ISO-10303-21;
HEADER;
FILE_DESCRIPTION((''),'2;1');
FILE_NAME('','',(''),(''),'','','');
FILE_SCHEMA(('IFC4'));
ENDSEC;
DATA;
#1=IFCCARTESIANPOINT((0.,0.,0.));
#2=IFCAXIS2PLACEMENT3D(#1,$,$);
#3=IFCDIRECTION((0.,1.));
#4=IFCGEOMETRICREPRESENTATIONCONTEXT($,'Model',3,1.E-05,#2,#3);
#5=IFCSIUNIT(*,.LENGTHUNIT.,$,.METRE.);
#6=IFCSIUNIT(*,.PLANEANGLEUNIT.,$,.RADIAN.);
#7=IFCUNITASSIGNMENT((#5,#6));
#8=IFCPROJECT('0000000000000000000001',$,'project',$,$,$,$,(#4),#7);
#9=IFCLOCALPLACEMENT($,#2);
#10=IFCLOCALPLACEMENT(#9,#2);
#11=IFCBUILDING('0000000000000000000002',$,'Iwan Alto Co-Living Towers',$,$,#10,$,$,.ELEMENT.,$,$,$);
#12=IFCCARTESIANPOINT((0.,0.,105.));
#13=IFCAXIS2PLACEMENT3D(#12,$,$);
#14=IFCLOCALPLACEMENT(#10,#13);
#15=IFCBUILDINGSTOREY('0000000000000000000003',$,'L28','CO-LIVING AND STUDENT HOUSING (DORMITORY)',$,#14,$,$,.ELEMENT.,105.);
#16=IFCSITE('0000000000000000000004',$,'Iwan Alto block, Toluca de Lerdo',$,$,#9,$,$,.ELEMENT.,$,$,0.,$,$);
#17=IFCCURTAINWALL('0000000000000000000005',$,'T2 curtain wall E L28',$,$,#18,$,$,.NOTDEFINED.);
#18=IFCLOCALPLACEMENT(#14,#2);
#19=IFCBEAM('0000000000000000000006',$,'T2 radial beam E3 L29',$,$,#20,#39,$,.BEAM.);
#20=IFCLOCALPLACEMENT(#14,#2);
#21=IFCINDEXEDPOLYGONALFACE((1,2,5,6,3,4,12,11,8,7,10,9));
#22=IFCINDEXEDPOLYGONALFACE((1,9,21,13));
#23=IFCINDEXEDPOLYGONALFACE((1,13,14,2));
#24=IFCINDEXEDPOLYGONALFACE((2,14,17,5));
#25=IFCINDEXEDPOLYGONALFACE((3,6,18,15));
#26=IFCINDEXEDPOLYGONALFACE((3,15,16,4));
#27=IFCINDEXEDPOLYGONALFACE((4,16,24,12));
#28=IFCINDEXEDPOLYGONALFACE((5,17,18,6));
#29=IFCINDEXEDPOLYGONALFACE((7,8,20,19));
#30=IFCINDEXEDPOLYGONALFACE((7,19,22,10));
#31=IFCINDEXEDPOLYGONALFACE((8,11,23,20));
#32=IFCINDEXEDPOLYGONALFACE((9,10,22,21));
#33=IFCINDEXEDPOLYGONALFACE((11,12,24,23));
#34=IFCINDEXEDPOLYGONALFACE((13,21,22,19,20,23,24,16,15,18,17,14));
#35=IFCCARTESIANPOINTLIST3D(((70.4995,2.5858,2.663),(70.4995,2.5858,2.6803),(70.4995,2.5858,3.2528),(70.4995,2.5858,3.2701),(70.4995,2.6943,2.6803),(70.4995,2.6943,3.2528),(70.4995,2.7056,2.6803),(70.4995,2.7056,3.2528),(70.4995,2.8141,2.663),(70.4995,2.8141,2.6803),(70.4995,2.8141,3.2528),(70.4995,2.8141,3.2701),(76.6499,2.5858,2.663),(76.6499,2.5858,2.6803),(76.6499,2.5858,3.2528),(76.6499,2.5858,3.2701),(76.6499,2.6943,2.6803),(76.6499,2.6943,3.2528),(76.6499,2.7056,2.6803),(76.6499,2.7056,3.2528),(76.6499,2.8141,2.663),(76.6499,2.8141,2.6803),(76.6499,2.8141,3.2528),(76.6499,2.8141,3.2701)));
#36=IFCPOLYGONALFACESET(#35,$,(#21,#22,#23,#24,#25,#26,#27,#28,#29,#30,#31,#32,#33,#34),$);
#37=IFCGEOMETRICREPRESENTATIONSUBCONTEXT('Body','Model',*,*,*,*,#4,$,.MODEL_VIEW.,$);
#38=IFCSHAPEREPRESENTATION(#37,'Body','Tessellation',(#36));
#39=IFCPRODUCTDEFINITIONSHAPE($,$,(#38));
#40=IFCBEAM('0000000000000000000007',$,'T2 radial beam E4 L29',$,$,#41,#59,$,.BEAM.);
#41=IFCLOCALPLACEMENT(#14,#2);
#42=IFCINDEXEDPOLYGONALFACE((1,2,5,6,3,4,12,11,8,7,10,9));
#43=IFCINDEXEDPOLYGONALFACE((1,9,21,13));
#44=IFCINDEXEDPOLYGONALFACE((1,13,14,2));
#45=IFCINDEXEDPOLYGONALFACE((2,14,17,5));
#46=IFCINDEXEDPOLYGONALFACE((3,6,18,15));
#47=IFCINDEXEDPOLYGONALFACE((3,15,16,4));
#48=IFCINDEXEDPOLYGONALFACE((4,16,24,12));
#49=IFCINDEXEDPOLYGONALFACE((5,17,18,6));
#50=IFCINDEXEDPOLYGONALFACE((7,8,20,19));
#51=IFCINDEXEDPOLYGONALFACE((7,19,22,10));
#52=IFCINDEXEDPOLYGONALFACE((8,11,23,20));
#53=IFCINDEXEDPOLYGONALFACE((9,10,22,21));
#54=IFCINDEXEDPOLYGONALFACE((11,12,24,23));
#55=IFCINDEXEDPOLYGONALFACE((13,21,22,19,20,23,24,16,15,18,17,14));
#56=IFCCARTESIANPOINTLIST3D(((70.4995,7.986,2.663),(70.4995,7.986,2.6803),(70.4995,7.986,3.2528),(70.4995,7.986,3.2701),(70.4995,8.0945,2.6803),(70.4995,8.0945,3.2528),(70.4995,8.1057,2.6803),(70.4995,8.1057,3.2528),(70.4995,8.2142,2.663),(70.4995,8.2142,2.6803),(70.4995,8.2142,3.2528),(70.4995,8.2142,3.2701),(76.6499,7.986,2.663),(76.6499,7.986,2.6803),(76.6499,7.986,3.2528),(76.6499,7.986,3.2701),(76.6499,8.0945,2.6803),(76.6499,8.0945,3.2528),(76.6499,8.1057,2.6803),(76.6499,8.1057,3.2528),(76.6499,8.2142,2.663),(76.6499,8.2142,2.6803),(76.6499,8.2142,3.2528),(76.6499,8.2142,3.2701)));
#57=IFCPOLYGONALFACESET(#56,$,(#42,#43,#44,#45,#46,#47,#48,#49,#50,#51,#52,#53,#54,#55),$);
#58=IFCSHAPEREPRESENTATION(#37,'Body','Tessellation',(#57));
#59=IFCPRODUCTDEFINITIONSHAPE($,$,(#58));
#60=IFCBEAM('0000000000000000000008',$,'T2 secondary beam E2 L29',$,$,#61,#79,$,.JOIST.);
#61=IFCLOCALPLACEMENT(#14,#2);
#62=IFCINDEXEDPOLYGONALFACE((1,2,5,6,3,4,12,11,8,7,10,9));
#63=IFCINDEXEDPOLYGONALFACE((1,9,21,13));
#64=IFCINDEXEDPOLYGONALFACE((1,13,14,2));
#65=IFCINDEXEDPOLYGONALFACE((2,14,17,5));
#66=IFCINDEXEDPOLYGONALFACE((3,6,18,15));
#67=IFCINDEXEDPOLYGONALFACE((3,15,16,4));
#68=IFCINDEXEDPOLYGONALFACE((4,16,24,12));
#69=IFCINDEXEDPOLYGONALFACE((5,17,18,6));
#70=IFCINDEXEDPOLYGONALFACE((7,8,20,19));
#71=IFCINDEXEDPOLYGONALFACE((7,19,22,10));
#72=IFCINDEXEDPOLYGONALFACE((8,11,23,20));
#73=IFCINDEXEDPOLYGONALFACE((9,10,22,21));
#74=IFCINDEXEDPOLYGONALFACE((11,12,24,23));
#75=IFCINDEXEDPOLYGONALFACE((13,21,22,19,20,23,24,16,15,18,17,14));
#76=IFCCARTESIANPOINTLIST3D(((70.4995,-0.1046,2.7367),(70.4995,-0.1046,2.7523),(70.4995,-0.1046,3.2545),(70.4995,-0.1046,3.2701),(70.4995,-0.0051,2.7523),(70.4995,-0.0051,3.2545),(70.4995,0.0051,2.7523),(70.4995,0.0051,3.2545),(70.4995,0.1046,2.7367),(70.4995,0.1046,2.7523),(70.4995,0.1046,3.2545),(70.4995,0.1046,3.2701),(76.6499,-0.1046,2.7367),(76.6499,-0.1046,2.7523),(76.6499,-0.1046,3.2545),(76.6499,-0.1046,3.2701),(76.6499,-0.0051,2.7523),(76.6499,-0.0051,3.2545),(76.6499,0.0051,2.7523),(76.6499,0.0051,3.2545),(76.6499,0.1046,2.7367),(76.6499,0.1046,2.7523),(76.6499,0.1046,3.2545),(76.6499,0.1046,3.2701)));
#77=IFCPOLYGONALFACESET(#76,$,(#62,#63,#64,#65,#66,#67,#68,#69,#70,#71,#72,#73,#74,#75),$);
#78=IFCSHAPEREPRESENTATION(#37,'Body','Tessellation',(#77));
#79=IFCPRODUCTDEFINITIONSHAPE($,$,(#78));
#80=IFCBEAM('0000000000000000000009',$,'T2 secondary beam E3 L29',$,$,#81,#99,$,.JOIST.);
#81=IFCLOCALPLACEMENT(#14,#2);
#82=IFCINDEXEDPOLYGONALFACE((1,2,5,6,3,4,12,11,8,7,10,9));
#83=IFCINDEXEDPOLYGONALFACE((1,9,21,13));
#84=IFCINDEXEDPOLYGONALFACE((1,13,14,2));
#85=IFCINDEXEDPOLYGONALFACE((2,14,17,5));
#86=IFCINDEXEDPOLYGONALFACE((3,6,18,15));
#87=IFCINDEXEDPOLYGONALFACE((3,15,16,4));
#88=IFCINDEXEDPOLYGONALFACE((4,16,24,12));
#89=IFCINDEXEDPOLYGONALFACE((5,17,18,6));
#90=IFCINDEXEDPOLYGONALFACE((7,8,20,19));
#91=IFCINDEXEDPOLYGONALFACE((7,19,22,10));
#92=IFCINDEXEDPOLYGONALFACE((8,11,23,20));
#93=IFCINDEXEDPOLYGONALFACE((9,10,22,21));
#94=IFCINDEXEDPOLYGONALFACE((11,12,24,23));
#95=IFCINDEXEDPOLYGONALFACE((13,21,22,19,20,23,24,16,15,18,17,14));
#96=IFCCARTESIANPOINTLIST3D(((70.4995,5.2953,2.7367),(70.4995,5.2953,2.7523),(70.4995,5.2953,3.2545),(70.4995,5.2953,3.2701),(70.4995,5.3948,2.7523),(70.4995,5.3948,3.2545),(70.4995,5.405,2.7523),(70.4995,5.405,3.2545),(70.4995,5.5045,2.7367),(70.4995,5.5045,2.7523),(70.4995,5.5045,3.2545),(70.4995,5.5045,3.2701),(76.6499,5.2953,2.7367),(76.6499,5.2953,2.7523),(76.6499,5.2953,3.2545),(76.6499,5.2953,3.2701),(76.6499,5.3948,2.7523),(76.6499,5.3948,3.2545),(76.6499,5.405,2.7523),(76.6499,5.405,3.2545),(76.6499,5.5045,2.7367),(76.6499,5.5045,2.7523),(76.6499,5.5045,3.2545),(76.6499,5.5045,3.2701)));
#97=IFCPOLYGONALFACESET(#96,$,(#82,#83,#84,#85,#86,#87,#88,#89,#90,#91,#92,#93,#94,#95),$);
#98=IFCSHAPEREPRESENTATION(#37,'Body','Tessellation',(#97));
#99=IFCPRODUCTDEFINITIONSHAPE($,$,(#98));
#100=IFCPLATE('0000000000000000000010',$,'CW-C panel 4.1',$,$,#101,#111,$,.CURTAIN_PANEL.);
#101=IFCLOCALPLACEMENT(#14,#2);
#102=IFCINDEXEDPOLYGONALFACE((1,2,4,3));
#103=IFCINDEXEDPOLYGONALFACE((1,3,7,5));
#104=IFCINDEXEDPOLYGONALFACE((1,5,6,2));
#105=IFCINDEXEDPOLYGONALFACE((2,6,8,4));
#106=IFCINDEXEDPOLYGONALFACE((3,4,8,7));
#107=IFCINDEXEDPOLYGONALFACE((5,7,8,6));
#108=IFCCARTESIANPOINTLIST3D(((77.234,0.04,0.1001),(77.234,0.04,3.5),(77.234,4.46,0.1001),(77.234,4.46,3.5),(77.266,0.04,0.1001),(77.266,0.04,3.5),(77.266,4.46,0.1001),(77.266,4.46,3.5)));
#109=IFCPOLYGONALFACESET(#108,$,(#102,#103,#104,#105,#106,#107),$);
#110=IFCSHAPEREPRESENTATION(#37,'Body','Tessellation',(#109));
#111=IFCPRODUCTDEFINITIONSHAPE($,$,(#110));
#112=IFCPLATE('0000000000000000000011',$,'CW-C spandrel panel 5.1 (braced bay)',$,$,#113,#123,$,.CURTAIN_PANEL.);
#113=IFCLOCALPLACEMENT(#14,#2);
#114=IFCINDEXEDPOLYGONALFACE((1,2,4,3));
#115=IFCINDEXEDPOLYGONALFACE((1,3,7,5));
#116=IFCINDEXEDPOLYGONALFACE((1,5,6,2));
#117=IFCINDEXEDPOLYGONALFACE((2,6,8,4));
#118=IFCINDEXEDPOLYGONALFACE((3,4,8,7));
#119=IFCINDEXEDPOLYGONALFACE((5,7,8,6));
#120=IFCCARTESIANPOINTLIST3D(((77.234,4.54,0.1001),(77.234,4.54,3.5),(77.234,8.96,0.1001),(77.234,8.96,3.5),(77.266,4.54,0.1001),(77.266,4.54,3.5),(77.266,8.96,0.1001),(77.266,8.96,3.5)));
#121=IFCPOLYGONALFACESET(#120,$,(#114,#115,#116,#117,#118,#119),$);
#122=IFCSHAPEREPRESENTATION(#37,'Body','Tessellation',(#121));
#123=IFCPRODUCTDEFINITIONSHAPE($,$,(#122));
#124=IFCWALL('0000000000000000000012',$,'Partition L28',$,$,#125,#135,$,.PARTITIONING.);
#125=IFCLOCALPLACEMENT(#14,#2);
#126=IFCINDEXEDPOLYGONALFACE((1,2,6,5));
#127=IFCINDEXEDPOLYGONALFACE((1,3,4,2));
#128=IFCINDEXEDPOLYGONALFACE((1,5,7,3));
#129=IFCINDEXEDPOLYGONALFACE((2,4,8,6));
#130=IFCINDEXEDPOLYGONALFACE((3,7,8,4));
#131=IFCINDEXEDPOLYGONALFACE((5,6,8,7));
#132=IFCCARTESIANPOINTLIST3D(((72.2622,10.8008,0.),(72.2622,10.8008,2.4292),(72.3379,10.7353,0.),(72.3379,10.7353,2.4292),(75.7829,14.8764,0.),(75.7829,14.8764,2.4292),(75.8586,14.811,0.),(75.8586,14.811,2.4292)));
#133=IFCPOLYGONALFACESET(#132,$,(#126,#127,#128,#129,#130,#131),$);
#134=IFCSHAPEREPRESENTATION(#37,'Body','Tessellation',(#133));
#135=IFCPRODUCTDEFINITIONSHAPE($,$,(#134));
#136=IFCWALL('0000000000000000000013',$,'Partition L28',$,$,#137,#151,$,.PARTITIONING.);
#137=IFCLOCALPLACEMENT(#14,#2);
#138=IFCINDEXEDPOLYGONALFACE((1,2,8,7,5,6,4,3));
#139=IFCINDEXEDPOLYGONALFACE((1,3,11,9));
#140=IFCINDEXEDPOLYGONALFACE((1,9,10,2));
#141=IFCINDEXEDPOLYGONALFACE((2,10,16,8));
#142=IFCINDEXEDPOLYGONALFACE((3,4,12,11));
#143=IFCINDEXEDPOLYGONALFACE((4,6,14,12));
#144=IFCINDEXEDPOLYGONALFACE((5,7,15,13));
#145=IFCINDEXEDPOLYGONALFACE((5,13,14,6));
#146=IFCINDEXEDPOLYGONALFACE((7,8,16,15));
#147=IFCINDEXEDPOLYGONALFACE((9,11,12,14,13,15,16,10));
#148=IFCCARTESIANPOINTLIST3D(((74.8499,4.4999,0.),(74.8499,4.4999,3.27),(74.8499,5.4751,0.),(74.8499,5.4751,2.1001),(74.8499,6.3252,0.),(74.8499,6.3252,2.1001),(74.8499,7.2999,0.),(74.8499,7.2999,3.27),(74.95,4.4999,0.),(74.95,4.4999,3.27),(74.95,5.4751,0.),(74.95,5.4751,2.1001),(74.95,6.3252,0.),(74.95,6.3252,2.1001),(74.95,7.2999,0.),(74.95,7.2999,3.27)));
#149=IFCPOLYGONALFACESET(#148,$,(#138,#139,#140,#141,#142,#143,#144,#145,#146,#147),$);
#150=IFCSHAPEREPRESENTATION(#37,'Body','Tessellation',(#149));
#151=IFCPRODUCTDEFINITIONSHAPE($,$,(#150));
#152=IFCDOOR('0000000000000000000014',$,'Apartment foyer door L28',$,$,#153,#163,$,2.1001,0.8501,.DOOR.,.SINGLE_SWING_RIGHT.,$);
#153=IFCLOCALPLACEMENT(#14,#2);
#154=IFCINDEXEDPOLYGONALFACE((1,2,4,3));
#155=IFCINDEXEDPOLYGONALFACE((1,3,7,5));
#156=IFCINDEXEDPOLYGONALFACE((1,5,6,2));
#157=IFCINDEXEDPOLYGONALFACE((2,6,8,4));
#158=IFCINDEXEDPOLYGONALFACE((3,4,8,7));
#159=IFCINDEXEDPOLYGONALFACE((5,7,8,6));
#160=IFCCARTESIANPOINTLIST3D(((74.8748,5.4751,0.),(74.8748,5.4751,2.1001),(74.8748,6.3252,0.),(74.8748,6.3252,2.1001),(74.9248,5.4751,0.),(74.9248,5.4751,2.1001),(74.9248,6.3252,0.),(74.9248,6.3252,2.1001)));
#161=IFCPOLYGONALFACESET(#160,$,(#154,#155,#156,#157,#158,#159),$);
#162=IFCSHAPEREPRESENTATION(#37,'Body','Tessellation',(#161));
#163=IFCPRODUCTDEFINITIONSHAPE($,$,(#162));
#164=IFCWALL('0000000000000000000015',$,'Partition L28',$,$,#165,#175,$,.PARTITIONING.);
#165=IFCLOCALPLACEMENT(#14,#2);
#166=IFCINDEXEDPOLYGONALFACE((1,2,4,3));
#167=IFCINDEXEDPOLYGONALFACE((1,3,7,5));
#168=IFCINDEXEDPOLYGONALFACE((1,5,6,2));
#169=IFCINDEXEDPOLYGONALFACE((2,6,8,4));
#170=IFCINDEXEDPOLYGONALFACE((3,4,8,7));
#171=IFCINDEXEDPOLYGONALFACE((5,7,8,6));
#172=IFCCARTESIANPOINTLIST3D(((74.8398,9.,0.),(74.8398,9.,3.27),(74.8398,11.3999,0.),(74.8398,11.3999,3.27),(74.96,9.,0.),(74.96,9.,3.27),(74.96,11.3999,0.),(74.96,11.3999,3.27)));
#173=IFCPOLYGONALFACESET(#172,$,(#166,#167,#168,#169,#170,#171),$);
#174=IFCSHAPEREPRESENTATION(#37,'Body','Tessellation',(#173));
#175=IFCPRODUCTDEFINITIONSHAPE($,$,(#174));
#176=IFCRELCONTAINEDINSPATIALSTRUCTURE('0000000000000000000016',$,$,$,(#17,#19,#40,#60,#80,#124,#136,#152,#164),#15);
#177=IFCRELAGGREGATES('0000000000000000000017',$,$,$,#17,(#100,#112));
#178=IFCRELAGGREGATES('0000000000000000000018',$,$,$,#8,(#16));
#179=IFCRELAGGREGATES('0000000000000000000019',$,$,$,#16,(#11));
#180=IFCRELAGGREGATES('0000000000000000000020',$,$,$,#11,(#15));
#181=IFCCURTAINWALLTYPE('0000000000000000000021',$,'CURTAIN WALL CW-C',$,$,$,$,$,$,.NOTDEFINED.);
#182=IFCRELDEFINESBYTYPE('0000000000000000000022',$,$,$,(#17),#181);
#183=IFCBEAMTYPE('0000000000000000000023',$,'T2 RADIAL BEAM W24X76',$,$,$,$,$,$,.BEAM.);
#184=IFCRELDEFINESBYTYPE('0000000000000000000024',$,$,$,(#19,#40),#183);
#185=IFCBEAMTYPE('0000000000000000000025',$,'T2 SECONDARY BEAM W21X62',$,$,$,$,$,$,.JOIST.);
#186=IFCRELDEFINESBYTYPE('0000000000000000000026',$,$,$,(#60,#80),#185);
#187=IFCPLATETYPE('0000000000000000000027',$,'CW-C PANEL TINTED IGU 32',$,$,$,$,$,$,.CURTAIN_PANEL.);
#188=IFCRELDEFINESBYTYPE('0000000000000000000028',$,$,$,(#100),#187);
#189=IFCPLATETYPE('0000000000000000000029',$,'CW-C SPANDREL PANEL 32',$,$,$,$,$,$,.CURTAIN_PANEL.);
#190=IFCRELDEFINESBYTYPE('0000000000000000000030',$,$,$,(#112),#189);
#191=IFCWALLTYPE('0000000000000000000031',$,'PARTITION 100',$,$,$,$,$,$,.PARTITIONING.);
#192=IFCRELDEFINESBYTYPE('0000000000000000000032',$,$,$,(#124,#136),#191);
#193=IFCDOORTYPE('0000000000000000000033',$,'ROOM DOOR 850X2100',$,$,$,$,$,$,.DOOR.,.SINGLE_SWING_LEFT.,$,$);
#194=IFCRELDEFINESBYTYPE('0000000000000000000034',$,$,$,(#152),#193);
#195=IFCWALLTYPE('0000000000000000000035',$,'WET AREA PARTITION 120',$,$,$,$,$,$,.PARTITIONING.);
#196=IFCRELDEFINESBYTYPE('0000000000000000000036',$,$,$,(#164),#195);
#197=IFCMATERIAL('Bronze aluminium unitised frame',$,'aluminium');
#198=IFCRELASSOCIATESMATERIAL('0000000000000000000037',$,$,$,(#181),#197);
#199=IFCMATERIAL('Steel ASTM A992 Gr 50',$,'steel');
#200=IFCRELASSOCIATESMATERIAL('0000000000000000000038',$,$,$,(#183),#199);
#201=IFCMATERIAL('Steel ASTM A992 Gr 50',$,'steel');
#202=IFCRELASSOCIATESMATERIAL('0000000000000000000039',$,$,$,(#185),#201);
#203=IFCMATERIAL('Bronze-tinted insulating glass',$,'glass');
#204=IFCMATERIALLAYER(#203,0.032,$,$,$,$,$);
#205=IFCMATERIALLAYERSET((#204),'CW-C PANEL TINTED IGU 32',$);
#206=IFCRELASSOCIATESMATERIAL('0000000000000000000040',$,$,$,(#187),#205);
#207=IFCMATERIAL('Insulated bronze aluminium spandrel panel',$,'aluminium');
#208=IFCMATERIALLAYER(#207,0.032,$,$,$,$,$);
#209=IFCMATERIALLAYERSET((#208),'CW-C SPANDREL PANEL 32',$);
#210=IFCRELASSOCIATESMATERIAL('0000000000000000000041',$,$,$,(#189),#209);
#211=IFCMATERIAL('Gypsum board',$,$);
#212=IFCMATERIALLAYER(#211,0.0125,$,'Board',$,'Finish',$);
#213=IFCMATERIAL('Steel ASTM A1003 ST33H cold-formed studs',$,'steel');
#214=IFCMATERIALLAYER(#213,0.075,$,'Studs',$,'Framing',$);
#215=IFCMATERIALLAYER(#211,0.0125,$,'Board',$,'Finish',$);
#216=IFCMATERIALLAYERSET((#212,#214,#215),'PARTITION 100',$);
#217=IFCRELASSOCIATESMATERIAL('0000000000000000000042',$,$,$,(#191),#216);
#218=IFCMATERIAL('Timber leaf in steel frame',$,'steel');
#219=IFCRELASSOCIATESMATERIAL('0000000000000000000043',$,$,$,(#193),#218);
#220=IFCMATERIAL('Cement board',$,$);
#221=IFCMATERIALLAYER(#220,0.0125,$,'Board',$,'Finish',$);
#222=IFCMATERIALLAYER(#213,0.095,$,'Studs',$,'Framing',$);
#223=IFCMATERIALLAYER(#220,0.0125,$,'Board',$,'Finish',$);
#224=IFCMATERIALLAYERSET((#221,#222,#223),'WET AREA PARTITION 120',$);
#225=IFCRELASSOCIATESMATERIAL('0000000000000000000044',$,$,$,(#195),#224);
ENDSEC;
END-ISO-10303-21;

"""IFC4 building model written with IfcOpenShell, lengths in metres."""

from ifc_helpers import new_model, si_unit, direction, frame, frame_2d, origin, origin_2d, place, context, subcontext, project, spatial, rectangle, i_section, extrude, material, layer, layer_set, material_profile, profile_set, type_object, element, fill, aggregate, save


model = new_model("IFC4")

# Units and contexts
model_context = context("Model", 3, precision=1e-05, world=origin(), true_north=direction((0.0, 1.0)))
body_context = subcontext(model_context, "Body", "Model", "MODEL_VIEW")
ifc_project = project(units=[si_unit("LENGTHUNIT", "METRE"), si_unit("PLANEANGLEUNIT", "RADIAN")], contexts=[model_context])

# Site, building, storey
site_placement = place(None, origin())
site = spatial("IfcSite", under=ifc_project, at=site_placement, Name="Iwan Alto block, Toluca de Lerdo", CompositionType="ELEMENT", RefElevation=0.0)
building_placement = place(site_placement, origin())
building = spatial("IfcBuilding", under=site, at=building_placement, Name="Iwan Alto Co-Living Towers", CompositionType="ELEMENT")
storey_placement = place(building_placement, frame((0.0, 0.0, 105.0)))
storey = spatial("IfcBuildingStorey", under=building, at=storey_placement, Name="L28", Description="CO-LIVING AND STUDENT HOUSING (DORMITORY)", CompositionType="ELEMENT", Elevation=105.0)

# Curtain wall
ifc_material_1 = material(Name="Bronze aluminium unitised frame", Category="aluminium")
curtain_wall_type = type_object("IfcCurtainWallType", Name="CURTAIN WALL CW-C", PredefinedType="NOTDEFINED", material=ifc_material_1)
curtain_wall_placement = place(storey_placement, origin())
curtain_wall = element("IfcCurtainWall", 1, at=curtain_wall_placement, inside=storey, type_object=curtain_wall_type, Name="T2 curtain wall E L28", PredefinedType="NOTDEFINED")

# Beams
ifc_material_2 = material(Name="Steel ASTM A992 Gr 50", Category="steel")
ifc_material_profile_1 = material_profile(ifc_material_2, i_section(OverallWidth=0.2283, OverallDepth=0.6072, WebThickness=0.0112, FlangeThickness=0.0173, at=origin_2d()), Name="W24X76")
ifc_profile_set_1 = profile_set([ifc_material_profile_1], Name="Steel ASTM A992 Gr 50")
beam_type_1 = type_object("IfcBeamType", Name="T2 RADIAL BEAM W24X76", PredefinedType="BEAM", material=ifc_profile_set_1)
for number, where, z_axis, x_axis, name in (
    (2, (76.6499, 2.7, 2.9666), (-1.0, 0.0, 0.0), (0.0, -1.0, 0.0), "T2 radial beam E3 L29"),
    (3, (76.6499, 8.1001, 2.9666), (-1.0, 0.0, 0.0), (0.0, -1.0, 0.0), "T2 radial beam E4 L29"),
):
    element("IfcBeam", number, at=place(storey_placement, frame(where, z_axis=z_axis, x_axis=x_axis)), inside=storey, type_object=beam_type_1, Name=name, PredefinedType="BEAM", context=body_context, shape_type="SweptSolid", body=[
        extrude(i_section(OverallWidth=0.2283, OverallDepth=0.6072, WebThickness=0.0112, FlangeThickness=0.0173, at=origin_2d()), origin(), (0.0, 0.0, 1.0), 6.1504),
    ])
ifc_material_3 = material(Name="Steel ASTM A992 Gr 50", Category="steel")
ifc_material_profile_2 = material_profile(ifc_material_3, i_section(OverallWidth=0.2092, OverallDepth=0.5334, WebThickness=0.0103, FlangeThickness=0.0156, at=origin_2d()), Name="W21X62")
ifc_profile_set_2 = profile_set([ifc_material_profile_2], Name="Steel ASTM A992 Gr 50")
beam_type_2 = type_object("IfcBeamType", Name="T2 SECONDARY BEAM W21X62", PredefinedType="JOIST", material=ifc_profile_set_2)
for number, where, z_axis, x_axis, name in (
    (4, (76.6499, 0.0, 3.0034), (-1.0, 0.0, 0.0), (0.0, -1.0, 0.0), "T2 secondary beam E2 L29"),
    (5, (76.6499, 5.3999, 3.0034), (-1.0, 0.0, 0.0), (0.0, -1.0, 0.0), "T2 secondary beam E3 L29"),
):
    element("IfcBeam", number, at=place(storey_placement, frame(where, z_axis=z_axis, x_axis=x_axis)), inside=storey, type_object=beam_type_2, Name=name, PredefinedType="JOIST", context=body_context, shape_type="SweptSolid", body=[
        extrude(i_section(OverallWidth=0.2092, OverallDepth=0.5334, WebThickness=0.0103, FlangeThickness=0.0156, at=origin_2d()), origin(), (0.0, 0.0, 1.0), 6.1504),
    ])

# Plates
ifc_material_4 = material(Name="Bronze-tinted insulating glass", Category="glass")
ifc_layer_1 = layer(ifc_material_4, 0.032)
ifc_layer_set_1 = layer_set([ifc_layer_1], Name="CW-C PANEL TINTED IGU 32")
plate_type_1 = type_object("IfcPlateType", Name="CW-C PANEL TINTED IGU 32", PredefinedType="CURTAIN_PANEL", material=ifc_layer_set_1)
plate_1_placement = place(storey_placement, frame((77.25, 2.25, 0.1001), z_axis=(0.0, 0.0, 1.0), x_axis=(0.0, 1.0, 0.0)))
plate_1 = element("IfcPlate", 6, at=plate_1_placement, type_object=plate_type_1, Name="CW-C panel 4.1", PredefinedType="CURTAIN_PANEL", context=body_context, shape_type="SweptSolid", body=[
    extrude(rectangle(XDim=4.4199, YDim=0.032, at=origin_2d()), origin(), (0.0, 0.0, 1.0), 3.3999),
])
ifc_material_5 = material(Name="Insulated bronze aluminium spandrel panel", Category="aluminium")
ifc_layer_2 = layer(ifc_material_5, 0.032)
ifc_layer_set_2 = layer_set([ifc_layer_2], Name="CW-C SPANDREL PANEL 32")
plate_type_2 = type_object("IfcPlateType", Name="CW-C SPANDREL PANEL 32", PredefinedType="CURTAIN_PANEL", material=ifc_layer_set_2)
plate_2_placement = place(storey_placement, frame((77.25, 6.75, 0.1001), z_axis=(0.0, 0.0, 1.0), x_axis=(0.0, 1.0, 0.0)))
plate_2 = element("IfcPlate", 7, at=plate_2_placement, type_object=plate_type_2, Name="CW-C spandrel panel 5.1 (braced bay)", PredefinedType="CURTAIN_PANEL", context=body_context, shape_type="SweptSolid", body=[
    extrude(rectangle(XDim=4.4199, YDim=0.032, at=origin_2d()), origin(), (0.0, 0.0, 1.0), 3.3999),
])
aggregate(curtain_wall, [plate_1, plate_2])

# Wall
ifc_material_6 = material(Name="Gypsum board")
ifc_layer_3 = layer(ifc_material_6, 0.0125, Name="Board", Category="Finish")
ifc_material_7 = material(Name="Steel ASTM A1003 ST33H cold-formed studs", Category="steel")
ifc_layer_4 = layer(ifc_material_7, 0.075, Name="Studs", Category="Framing")
ifc_layer_5 = layer(ifc_material_6, 0.0125, Name="Board", Category="Finish")
ifc_layer_set_3 = layer_set([ifc_layer_3, ifc_layer_4, ifc_layer_5], Name="PARTITION 100")
wall_type_1 = type_object("IfcWallType", Name="PARTITION 100", PredefinedType="PARTITIONING", material=ifc_layer_set_3)
wall_1_placement = place(storey_placement, frame((72.3, 10.7681, 0.0), z_axis=(0.0, 0.0, 1.0), x_axis=(0.65371, 0.756746, 0.0)))
element("IfcWall", 8, at=wall_1_placement, inside=storey, type_object=wall_type_1, Name="Partition L28", PredefinedType="PARTITIONING", context=body_context, shape_type="SweptSolid", body=[
    extrude(rectangle(XDim=5.3857, YDim=0.1001, at=frame_2d((2.6929, 0.0))), origin(), (0.0, 0.0, 1.0), 2.4292),
])

# Wall, opening, door
wall_2_placement = place(storey_placement, frame((74.8999, 4.5, 0.0), z_axis=(0.0, 0.0, 1.0), x_axis=(0.0, 1.0, 0.0)))
wall_2 = element("IfcWall", 9, at=wall_2_placement, inside=storey, type_object=wall_type_1, Name="Partition L28", PredefinedType="PARTITIONING", context=body_context, shape_type="SweptSolid", body=[
    extrude(rectangle(XDim=2.8, YDim=0.1001, at=frame_2d((1.3999, 0.0))), origin(), (0.0, 0.0, 1.0), 3.27),
])
opening_placement = place(wall_2_placement, frame((0.9751, 0.0, 0.0)))
opening = element("IfcOpeningElement", 10, at=opening_placement, cuts=wall_2, PredefinedType="OPENING", context=body_context, shape_type="SweptSolid", body=[
    extrude(rectangle(XDim=0.8501, YDim=2.1001, at=frame_2d((0.425, 1.05))), frame((0.0, 0.0601, 0.0), z_axis=(0.0, -1.0, 0.0), x_axis=(1.0, 0.0, 0.0)), (0.0, 0.0, 1.0), 0.1201),
])
ifc_material_8 = material(Name="Timber leaf in steel frame", Category="steel")
door_type = type_object("IfcDoorType", Name="ROOM DOOR 850X2100", OperationType="SINGLE_SWING_LEFT", PredefinedType="DOOR", material=ifc_material_8)
door_placement = place(opening_placement, frame((0.8501, 0.0, 0.0), z_axis=(0.0, 0.0, 1.0), x_axis=(-1.0, 0.0, 0.0)))
door = element("IfcDoor", 11, at=door_placement, inside=storey, type_object=door_type, Name="Apartment foyer door L28", OperationType="SINGLE_SWING_RIGHT", OverallHeight=2.1001, OverallWidth=0.8501, PredefinedType="DOOR", context=body_context, shape_type="SweptSolid", body=[
    extrude(rectangle(XDim=0.8501, YDim=2.1001, at=frame_2d((0.425, 1.05))), frame((0.0, 0.0249, 0.0), z_axis=(0.0, -1.0, 0.0), x_axis=(1.0, 0.0, 0.0)), (0.0, 0.0, 1.0), 0.05),
])
fill(opening, door)

# Wall
ifc_material_9 = material(Name="Cement board")
ifc_layer_6 = layer(ifc_material_9, 0.0125, Name="Board", Category="Finish")
ifc_layer_7 = layer(ifc_material_7, 0.095, Name="Studs", Category="Framing")
ifc_layer_8 = layer(ifc_material_9, 0.0125, Name="Board", Category="Finish")
ifc_layer_set_4 = layer_set([ifc_layer_6, ifc_layer_7, ifc_layer_8], Name="WET AREA PARTITION 120")
wall_type_2 = type_object("IfcWallType", Name="WET AREA PARTITION 120", PredefinedType="PARTITIONING", material=ifc_layer_set_4)
wall_3_placement = place(storey_placement, frame((74.8999, 9.0, 0.0), z_axis=(0.0, 0.0, 1.0), x_axis=(0.0, 1.0, 0.0)))
element("IfcWall", 12, at=wall_3_placement, inside=storey, type_object=wall_type_2, Name="Partition L28", PredefinedType="PARTITIONING", context=body_context, shape_type="SweptSolid", body=[
    extrude(rectangle(XDim=2.3999, YDim=0.1201, at=frame_2d((1.2, 0.0))), origin(), (0.0, 0.0, 1.0), 3.27),
])

save(model, "model.ifc")
